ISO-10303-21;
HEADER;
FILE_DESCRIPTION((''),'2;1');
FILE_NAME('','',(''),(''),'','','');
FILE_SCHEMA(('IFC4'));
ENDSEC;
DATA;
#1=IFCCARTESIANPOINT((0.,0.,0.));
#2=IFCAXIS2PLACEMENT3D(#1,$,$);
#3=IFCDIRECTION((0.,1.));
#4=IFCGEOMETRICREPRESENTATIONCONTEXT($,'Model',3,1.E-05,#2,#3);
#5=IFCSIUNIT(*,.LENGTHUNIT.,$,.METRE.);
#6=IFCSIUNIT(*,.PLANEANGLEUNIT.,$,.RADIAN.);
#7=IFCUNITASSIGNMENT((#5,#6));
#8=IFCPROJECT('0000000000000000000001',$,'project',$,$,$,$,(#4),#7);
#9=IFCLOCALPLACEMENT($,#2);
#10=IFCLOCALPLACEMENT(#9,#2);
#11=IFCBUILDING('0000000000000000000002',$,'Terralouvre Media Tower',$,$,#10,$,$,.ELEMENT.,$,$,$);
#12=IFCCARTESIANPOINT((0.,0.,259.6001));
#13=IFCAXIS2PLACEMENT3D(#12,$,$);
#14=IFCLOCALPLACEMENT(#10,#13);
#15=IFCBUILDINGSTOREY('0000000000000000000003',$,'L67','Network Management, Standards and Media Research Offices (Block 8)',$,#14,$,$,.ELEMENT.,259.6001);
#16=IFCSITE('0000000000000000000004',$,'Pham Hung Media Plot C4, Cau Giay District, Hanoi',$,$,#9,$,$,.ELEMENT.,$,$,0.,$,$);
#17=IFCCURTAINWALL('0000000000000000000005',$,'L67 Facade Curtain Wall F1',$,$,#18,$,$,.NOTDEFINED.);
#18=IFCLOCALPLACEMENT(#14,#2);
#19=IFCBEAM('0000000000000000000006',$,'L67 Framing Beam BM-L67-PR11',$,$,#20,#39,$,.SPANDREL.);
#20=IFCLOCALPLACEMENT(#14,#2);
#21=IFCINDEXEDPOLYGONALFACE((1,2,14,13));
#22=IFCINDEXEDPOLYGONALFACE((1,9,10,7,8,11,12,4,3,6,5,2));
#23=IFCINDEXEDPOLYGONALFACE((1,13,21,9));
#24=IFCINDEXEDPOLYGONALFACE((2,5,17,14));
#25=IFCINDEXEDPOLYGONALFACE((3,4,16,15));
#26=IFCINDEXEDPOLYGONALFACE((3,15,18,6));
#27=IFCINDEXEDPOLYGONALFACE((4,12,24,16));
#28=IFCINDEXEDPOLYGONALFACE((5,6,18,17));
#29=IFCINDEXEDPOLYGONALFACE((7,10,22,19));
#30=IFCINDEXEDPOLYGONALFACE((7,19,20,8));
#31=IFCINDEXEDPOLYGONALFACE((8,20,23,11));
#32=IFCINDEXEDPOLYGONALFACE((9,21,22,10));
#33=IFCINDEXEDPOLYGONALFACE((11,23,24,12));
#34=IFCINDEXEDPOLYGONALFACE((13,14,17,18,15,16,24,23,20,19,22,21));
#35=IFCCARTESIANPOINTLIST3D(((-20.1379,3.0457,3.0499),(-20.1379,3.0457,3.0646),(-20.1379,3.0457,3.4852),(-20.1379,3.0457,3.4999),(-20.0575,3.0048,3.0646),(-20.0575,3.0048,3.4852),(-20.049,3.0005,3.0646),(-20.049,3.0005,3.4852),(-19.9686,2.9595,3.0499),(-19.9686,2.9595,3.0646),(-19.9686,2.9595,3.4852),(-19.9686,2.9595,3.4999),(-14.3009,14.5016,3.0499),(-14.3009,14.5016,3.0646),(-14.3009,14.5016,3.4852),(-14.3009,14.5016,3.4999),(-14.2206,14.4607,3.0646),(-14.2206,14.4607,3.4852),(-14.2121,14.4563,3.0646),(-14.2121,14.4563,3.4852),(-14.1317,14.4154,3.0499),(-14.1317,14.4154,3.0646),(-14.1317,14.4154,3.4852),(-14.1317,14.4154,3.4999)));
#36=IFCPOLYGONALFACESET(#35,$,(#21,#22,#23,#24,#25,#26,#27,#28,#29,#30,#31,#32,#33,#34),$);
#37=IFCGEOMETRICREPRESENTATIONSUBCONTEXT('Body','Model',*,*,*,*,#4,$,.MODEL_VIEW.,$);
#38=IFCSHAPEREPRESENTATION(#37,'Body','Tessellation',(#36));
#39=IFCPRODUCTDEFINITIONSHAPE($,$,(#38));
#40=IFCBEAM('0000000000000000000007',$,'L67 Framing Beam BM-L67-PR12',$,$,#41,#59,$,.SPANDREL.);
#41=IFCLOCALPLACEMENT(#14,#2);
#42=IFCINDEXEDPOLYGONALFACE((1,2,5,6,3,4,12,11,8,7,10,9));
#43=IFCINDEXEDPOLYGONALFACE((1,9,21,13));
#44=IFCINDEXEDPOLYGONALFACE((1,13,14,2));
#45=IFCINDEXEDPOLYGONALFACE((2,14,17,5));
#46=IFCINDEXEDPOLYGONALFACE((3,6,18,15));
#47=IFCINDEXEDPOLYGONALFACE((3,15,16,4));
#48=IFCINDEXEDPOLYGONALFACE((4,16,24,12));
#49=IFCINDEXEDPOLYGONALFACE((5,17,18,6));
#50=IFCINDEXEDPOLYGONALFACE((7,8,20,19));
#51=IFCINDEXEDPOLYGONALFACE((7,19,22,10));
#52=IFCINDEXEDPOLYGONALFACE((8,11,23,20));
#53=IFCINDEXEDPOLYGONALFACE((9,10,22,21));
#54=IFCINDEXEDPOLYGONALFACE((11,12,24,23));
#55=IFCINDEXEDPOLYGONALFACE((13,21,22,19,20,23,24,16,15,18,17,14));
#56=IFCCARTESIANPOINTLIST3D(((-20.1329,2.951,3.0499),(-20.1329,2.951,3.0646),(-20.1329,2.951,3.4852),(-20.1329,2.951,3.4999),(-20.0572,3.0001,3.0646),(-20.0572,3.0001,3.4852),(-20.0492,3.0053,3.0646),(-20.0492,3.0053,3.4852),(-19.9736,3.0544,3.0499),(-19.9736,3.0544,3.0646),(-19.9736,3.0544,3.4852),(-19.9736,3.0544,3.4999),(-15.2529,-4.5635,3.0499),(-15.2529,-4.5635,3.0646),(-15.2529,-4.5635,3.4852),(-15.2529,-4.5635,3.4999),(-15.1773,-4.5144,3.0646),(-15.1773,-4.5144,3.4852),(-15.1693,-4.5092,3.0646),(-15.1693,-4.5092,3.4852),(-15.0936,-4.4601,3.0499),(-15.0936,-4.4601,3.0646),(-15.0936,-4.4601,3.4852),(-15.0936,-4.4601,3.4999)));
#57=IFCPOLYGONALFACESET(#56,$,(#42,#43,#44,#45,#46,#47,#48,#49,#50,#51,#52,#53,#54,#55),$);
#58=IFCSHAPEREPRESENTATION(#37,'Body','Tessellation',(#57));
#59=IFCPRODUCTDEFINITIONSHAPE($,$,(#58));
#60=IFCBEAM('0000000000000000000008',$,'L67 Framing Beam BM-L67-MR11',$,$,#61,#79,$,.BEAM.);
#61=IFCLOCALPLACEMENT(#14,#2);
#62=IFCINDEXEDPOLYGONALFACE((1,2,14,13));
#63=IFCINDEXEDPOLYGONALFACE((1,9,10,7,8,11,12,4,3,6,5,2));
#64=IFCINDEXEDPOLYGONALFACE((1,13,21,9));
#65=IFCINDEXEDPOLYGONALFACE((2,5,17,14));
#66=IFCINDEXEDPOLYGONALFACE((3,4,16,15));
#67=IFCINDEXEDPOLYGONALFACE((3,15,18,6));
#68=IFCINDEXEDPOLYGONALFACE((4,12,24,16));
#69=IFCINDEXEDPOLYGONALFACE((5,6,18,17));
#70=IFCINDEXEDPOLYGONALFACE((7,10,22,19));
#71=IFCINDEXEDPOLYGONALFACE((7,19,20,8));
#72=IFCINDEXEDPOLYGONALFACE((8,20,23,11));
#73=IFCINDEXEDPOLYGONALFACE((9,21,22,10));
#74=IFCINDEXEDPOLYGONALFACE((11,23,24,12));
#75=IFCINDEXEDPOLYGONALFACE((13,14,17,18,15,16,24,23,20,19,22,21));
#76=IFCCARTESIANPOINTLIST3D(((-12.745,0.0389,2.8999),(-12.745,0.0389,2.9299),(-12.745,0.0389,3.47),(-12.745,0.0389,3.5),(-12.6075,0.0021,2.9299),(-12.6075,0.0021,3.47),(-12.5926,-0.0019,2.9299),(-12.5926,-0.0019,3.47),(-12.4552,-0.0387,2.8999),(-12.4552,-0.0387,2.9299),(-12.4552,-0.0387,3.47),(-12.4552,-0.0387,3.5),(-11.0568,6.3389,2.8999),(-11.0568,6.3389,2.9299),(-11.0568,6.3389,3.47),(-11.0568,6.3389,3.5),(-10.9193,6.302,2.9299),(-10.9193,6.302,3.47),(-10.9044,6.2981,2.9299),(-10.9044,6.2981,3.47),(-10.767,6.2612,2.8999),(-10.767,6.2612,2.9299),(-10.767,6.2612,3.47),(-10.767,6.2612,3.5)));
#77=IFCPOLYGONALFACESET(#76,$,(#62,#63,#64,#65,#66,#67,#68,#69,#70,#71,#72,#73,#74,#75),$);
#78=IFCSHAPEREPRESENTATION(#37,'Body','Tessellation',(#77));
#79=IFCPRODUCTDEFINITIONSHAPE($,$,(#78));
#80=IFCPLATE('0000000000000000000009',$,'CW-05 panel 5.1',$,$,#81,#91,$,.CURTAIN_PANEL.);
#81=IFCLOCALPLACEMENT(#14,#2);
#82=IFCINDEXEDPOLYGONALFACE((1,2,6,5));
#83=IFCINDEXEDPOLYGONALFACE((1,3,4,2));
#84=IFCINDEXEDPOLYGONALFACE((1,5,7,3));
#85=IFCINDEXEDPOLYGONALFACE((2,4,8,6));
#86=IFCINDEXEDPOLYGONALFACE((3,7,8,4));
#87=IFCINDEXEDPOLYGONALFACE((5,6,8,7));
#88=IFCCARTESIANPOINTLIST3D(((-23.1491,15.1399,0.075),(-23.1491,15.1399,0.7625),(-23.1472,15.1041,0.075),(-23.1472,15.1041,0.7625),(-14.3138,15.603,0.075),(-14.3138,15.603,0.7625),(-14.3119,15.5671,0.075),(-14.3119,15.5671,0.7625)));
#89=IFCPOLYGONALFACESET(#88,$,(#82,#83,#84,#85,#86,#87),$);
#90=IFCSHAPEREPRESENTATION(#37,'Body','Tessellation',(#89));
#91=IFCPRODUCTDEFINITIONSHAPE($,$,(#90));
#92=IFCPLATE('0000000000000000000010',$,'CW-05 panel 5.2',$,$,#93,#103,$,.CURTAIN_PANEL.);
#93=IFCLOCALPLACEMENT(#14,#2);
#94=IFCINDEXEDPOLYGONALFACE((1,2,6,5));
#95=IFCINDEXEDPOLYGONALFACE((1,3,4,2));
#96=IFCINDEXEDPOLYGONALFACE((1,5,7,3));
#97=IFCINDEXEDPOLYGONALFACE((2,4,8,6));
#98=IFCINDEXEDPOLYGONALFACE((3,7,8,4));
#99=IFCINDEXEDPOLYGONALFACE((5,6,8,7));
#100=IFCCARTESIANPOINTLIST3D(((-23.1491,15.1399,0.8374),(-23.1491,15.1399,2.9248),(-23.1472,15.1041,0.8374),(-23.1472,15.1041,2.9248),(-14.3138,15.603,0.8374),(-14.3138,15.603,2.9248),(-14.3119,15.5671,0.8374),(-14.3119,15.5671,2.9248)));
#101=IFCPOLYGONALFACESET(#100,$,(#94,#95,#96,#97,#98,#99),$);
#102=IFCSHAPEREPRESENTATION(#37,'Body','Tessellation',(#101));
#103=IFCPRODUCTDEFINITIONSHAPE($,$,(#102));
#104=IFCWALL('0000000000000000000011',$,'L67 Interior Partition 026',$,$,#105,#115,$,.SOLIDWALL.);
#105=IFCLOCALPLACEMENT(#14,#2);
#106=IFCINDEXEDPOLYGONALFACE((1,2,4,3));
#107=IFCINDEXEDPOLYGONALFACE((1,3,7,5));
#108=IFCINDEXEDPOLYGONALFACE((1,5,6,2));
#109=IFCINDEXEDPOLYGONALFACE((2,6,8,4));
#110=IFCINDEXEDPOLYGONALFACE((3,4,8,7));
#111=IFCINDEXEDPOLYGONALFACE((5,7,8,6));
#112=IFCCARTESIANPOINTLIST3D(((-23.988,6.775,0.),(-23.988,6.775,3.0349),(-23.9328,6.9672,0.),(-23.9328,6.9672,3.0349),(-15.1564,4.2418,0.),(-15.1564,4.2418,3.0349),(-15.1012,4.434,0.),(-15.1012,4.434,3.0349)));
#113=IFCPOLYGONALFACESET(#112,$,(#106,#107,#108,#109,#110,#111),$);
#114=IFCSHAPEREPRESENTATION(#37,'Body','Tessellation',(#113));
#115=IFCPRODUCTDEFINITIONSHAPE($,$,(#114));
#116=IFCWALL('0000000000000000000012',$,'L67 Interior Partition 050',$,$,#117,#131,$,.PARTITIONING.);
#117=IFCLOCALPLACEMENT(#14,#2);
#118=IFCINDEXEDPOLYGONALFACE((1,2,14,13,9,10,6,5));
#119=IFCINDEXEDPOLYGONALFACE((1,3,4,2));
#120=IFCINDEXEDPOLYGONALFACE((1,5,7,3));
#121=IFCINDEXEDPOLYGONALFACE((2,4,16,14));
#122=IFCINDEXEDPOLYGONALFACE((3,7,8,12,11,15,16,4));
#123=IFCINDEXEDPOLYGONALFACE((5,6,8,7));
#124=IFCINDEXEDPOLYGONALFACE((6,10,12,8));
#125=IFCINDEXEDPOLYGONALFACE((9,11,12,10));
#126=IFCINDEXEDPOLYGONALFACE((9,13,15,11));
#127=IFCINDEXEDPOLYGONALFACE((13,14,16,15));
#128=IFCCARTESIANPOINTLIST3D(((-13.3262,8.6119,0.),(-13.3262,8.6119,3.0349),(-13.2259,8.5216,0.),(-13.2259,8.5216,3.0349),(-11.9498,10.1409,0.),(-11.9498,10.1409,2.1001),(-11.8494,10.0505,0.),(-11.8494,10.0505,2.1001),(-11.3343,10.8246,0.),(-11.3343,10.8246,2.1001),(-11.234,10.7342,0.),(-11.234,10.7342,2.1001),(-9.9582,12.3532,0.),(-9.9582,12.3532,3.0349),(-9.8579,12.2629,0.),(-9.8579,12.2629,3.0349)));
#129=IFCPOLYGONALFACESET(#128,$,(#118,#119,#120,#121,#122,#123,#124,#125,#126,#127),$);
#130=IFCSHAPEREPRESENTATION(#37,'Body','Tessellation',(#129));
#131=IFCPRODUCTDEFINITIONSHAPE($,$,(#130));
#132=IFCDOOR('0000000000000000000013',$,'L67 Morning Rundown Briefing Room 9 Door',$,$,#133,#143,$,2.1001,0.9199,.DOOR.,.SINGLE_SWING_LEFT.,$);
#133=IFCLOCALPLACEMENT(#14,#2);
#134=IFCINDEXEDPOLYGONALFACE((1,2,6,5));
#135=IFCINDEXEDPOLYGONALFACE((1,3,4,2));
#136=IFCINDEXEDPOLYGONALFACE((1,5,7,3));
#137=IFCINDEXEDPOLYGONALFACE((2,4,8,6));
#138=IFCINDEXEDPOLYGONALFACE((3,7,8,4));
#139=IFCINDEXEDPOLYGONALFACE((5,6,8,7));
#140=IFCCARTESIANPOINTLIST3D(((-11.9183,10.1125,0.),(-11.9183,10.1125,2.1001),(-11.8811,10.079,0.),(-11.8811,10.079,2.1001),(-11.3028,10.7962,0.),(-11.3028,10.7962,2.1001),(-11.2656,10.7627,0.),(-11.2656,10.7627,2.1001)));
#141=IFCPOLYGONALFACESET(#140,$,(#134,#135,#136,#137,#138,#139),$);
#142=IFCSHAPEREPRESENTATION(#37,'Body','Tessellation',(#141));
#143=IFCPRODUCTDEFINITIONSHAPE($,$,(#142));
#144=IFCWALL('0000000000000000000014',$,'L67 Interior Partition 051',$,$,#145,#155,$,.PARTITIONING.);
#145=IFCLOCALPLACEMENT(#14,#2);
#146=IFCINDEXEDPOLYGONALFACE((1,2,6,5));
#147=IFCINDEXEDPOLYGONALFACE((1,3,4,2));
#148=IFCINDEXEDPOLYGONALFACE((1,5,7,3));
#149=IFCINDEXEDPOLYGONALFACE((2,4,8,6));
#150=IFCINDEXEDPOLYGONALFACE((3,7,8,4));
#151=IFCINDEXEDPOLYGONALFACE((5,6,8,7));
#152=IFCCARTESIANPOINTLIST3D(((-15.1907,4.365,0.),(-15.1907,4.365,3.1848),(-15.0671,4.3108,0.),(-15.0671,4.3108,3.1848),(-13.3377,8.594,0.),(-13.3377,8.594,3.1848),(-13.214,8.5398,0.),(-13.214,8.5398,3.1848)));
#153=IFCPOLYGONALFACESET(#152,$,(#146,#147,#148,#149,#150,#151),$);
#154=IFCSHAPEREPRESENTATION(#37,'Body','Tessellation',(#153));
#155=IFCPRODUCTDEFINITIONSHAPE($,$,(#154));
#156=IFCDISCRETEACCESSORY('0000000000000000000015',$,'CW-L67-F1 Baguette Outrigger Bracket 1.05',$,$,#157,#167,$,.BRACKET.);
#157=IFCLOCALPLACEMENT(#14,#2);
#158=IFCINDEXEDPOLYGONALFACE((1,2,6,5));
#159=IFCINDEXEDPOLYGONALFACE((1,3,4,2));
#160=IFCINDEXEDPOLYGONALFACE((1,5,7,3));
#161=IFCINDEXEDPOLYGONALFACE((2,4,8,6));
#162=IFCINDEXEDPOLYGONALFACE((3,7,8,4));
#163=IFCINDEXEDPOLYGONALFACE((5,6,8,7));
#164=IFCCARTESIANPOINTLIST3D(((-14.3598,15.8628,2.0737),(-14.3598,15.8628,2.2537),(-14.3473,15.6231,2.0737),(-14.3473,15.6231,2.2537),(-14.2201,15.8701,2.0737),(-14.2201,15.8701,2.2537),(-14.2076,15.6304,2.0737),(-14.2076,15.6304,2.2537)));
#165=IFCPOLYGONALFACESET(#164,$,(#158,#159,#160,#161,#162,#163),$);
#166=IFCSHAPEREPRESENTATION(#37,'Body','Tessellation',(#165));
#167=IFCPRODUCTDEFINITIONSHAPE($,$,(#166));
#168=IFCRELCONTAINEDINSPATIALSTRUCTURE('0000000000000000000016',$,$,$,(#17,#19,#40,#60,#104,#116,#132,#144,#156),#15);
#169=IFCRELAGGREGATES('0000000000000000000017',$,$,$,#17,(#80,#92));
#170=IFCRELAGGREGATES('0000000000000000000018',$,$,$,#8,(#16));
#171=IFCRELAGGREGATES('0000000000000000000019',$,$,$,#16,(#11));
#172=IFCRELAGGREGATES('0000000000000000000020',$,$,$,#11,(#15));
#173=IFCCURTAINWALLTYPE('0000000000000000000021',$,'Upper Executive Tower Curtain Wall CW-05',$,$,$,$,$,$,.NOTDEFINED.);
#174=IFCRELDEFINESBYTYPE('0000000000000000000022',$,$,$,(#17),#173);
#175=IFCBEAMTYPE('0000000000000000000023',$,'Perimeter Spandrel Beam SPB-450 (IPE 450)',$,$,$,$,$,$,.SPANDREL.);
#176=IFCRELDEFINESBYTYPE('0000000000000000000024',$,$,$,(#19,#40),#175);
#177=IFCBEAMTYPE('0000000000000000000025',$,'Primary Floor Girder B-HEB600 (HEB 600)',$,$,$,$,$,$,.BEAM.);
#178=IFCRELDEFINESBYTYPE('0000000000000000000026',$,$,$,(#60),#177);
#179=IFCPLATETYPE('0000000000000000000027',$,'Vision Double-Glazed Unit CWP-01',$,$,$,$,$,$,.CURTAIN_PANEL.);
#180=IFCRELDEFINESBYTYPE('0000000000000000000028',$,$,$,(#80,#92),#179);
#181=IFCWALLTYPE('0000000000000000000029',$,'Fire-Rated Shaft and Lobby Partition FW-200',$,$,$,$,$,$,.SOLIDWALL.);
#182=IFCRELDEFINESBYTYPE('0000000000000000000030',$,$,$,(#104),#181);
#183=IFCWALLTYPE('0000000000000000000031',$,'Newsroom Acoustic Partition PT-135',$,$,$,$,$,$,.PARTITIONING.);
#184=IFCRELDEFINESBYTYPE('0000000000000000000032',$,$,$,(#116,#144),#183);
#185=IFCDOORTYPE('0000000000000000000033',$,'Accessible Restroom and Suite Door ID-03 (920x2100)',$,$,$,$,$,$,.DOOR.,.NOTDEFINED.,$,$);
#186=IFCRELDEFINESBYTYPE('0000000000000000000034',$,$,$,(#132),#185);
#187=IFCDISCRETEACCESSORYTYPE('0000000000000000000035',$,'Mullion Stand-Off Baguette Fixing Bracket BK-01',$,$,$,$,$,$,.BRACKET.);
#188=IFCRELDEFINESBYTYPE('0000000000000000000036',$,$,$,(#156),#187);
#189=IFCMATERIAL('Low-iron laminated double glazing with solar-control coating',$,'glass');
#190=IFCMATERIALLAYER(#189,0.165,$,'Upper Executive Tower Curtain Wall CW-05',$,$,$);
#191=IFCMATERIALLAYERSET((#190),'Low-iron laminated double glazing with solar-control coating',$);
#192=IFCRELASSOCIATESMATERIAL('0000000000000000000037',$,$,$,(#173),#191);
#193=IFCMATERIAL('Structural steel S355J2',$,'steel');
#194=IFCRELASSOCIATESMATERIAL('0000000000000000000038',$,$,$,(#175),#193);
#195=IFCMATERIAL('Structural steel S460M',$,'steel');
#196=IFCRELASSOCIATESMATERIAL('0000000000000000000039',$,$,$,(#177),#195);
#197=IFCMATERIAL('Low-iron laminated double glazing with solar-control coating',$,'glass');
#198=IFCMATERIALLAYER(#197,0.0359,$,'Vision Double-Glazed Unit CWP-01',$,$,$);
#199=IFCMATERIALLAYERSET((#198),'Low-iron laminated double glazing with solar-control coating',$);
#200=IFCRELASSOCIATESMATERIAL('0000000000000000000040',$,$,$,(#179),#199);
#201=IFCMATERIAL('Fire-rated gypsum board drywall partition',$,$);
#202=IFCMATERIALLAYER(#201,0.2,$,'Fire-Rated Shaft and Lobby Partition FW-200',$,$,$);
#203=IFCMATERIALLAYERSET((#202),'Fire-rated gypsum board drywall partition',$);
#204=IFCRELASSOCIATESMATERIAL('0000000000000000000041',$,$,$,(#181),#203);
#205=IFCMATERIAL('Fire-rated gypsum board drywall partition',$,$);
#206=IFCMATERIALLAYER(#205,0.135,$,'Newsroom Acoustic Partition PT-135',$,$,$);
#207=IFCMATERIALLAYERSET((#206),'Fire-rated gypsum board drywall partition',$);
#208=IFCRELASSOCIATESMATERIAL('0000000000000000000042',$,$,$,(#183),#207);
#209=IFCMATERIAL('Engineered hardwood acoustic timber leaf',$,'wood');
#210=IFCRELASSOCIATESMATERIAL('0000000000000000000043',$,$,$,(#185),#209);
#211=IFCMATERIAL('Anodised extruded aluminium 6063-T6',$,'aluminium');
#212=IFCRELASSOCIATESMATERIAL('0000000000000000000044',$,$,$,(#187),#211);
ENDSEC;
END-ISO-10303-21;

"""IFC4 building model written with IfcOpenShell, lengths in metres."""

from ifc_helpers import new_model, si_unit, direction, frame, frame_2d, origin, origin_2d, place, context, subcontext, project, spatial, rectangle, i_section, extrude, material, layer, layer_set, material_profile, profile_set, type_object, element, fill, aggregate, save


model = new_model("IFC4")

# Units and contexts
model_context = context("Model", 3, precision=1e-05, world=origin(), true_north=direction((0.0, 1.0)))
body_context = subcontext(model_context, "Body", "Model", "MODEL_VIEW")
ifc_project = project(units=[si_unit("LENGTHUNIT", "METRE"), si_unit("PLANEANGLEUNIT", "RADIAN")], contexts=[model_context])

# Site, building, storey
site_placement = place(None, origin())
site = spatial("IfcSite", under=ifc_project, at=site_placement, Name="Pham Hung Media Plot C4, Cau Giay District, Hanoi", CompositionType="ELEMENT", RefElevation=0.0)
building_placement = place(site_placement, origin())
building = spatial("IfcBuilding", under=site, at=building_placement, Name="Terralouvre Media Tower", CompositionType="ELEMENT")
storey_placement = place(building_placement, frame((0.0, 0.0, 259.6001)))
storey = spatial("IfcBuildingStorey", under=building, at=storey_placement, Name="L67", Description="Network Management, Standards and Media Research Offices (Block 8)", CompositionType="ELEMENT", Elevation=259.6001)

# Curtain wall
ifc_material_1 = material(Name="Low-iron laminated double glazing with solar-control coating", Category="glass")
ifc_layer_1 = layer(ifc_material_1, 0.165, Name="Upper Executive Tower Curtain Wall CW-05")
ifc_layer_set_1 = layer_set([ifc_layer_1], Name="Low-iron laminated double glazing with solar-control coating")
curtain_wall_type = type_object("IfcCurtainWallType", Name="Upper Executive Tower Curtain Wall CW-05", PredefinedType="NOTDEFINED", material=ifc_layer_set_1)
curtain_wall_1_placement = place(storey_placement, origin())
curtain_wall_1 = element("IfcCurtainWall", 1, at=curtain_wall_1_placement, inside=storey, type_object=curtain_wall_type, Name="L67 Facade Curtain Wall F1", PredefinedType="NOTDEFINED")

# Beams
ifc_material_2 = material(Name="Structural steel S355J2", Category="steel")
ifc_material_profile_1 = material_profile(ifc_material_2, i_section(OverallWidth=0.1899, OverallDepth=0.45, WebThickness=0.0095, FlangeThickness=0.0146, at=origin_2d()), Name="IPE 450")
ifc_profile_set_1 = profile_set([ifc_material_profile_1], Name="Structural steel S355J2")
beam_type_1 = type_object("IfcBeamType", Name="Perimeter Spandrel Beam SPB-450 (IPE 450)", PredefinedType="SPANDREL", material=ifc_profile_set_1)
beam_1_placement = place(storey_placement, frame((-14.2163, 14.4585, 3.2749), z_axis=(-0.453984, -0.89101, 0.0), x_axis=(0.89101, -0.453984, 0.0)))
element("IfcBeam", 2, at=beam_1_placement, inside=storey, type_object=beam_type_1, Name="L67 Framing Beam BM-L67-PR11", PredefinedType="SPANDREL", context=body_context, shape_type="SweptSolid", body=[
    extrude(i_section(OverallWidth=0.1899, OverallDepth=0.45, WebThickness=0.0095, FlangeThickness=0.0146, at=origin_2d()), origin(), (0.0, 0.0, 1.0), 12.8572),
])
beam_2_placement = place(storey_placement, frame((-20.0532, 3.0027, 3.2749), z_axis=(0.544637, -0.838672, 0.0), x_axis=(0.838672, 0.544637, 0.0)))
element("IfcBeam", 3, at=beam_2_placement, inside=storey, type_object=beam_type_1, Name="L67 Framing Beam BM-L67-PR12", PredefinedType="SPANDREL", context=body_context, shape_type="SweptSolid", body=[
    extrude(i_section(OverallWidth=0.1899, OverallDepth=0.45, WebThickness=0.0095, FlangeThickness=0.0146, at=origin_2d()), origin(), (0.0, 0.0, 1.0), 8.96),
])
ifc_material_3 = material(Name="Structural steel S460M", Category="steel")
ifc_material_profile_2 = material_profile(ifc_material_3, i_section(OverallWidth=0.3, OverallDepth=0.6001, WebThickness=0.0154, FlangeThickness=0.03, at=origin_2d()), Name="HEB 600")
ifc_profile_set_2 = profile_set([ifc_material_profile_2], Name="Structural steel S460M")
beam_type_2 = type_object("IfcBeamType", Name="Primary Floor Girder B-HEB600 (HEB 600)", PredefinedType="BEAM", material=ifc_profile_set_2)
beam_3_placement = place(storey_placement, frame((-10.9119, 6.3, 3.2), z_axis=(-0.258839, -0.96592, 0.0), x_axis=(0.96592, -0.258839, 0.0)))
element("IfcBeam", 4, at=beam_3_placement, inside=storey, type_object=beam_type_2, Name="L67 Framing Beam BM-L67-MR11", PredefinedType="BEAM", context=body_context, shape_type="SweptSolid", body=[
    extrude(i_section(OverallWidth=0.3, OverallDepth=0.6001, WebThickness=0.0154, FlangeThickness=0.03, at=origin_2d()), origin(), (0.0, 0.0, 1.0), 6.5222),
])

# Plates
ifc_material_4 = material(Name="Low-iron laminated double glazing with solar-control coating", Category="glass")
ifc_layer_2 = layer(ifc_material_4, 0.0359, Name="Vision Double-Glazed Unit CWP-01")
ifc_layer_set_2 = layer_set([ifc_layer_2], Name="Low-iron laminated double glazing with solar-control coating")
plate_type = type_object("IfcPlateType", Name="Vision Double-Glazed Unit CWP-01", PredefinedType="CURTAIN_PANEL", material=ifc_layer_set_2)
plate_1_placement = place(storey_placement, frame((-18.7305, 15.3535, 0.075), z_axis=(0.0, 0.0, 1.0), x_axis=(-0.99863, -0.052336, 0.0)))
plate_1 = element("IfcPlate", 5, at=plate_1_placement, type_object=plate_type, Name="CW-05 panel 5.1", PredefinedType="CURTAIN_PANEL", context=body_context, shape_type="SweptSolid", body=[
    extrude(rectangle(XDim=8.8474, YDim=0.0359, at=origin_2d()), origin(), (0.0, 0.0, 1.0), 0.6875),
])
plate_2_placement = place(storey_placement, frame((-18.7305, 15.3535, 0.8374), z_axis=(0.0, 0.0, 1.0), x_axis=(-0.99863, -0.052336, 0.0)))
plate_2 = element("IfcPlate", 6, at=plate_2_placement, type_object=plate_type, Name="CW-05 panel 5.2", PredefinedType="CURTAIN_PANEL", context=body_context, shape_type="SweptSolid", body=[
    extrude(rectangle(XDim=8.8474, YDim=0.0359, at=origin_2d()), origin(), (0.0, 0.0, 1.0), 2.0874),
])
aggregate(curtain_wall_1, [plate_1, plate_2])

# Wall
ifc_material_5 = material(Name="Fire-rated gypsum board drywall partition")
ifc_layer_3 = layer(ifc_material_5, 0.2, Name="Fire-Rated Shaft and Lobby Partition FW-200")
ifc_layer_set_3 = layer_set([ifc_layer_3], Name="Fire-rated gypsum board drywall partition")
wall_type_1 = type_object("IfcWallType", Name="Fire-Rated Shaft and Lobby Partition FW-200", PredefinedType="SOLIDWALL", material=ifc_layer_set_3)
wall_1_placement = place(storey_placement, frame((-15.1289, 4.3379, 0.0), z_axis=(0.0, 0.0, 1.0), x_axis=(-0.961239, 0.275718, 0.0)))
element("IfcWall", 7, at=wall_1_placement, inside=storey, type_object=wall_type_1, Name="L67 Interior Partition 026", PredefinedType="SOLIDWALL", context=body_context, shape_type="SweptSolid", body=[
    extrude(rectangle(XDim=9.1877, YDim=0.2, at=frame_2d((4.5938, 0.0))), origin(), (0.0, 0.0, 1.0), 3.0349),
])

# Wall, opening, door
ifc_material_6 = material(Name="Fire-rated gypsum board drywall partition")
ifc_layer_4 = layer(ifc_material_6, 0.135, Name="Newsroom Acoustic Partition PT-135")
ifc_layer_set_4 = layer_set([ifc_layer_4], Name="Fire-rated gypsum board drywall partition")
wall_type_2 = type_object("IfcWallType", Name="Newsroom Acoustic Partition PT-135", PredefinedType="PARTITIONING", material=ifc_layer_set_4)
wall_2_placement = place(storey_placement, frame((-9.908, 12.3081, 0.0), z_axis=(0.0, 0.0, 1.0), x_axis=(-0.669056, -0.743212, 0.0)))
wall_2 = element("IfcWall", 8, at=wall_2_placement, inside=storey, type_object=wall_type_2, Name="L67 Interior Partition 050", PredefinedType="PARTITIONING", context=body_context, shape_type="SweptSolid", body=[
    extrude(rectangle(XDim=5.0339, YDim=0.135, at=frame_2d((2.5171, 0.0))), origin(), (0.0, 0.0, 1.0), 3.0349),
])
opening_placement = place(wall_2_placement, frame((2.0569, 0.0, 0.0)))
opening = element("IfcOpeningElement", 9, at=opening_placement, cuts=wall_2, PredefinedType="OPENING", context=body_context, shape_type="SweptSolid", body=[
    extrude(rectangle(XDim=0.9199, YDim=2.1001, at=frame_2d((0.46, 1.05))), frame((0.0, 0.0774, 0.0), z_axis=(0.0, -1.0, 0.0), x_axis=(1.0, 0.0, 0.0)), (0.0, 0.0, 1.0), 0.155),
])
ifc_material_7 = material(Name="Engineered hardwood acoustic timber leaf", Category="wood")
door_type = type_object("IfcDoorType", Name="Accessible Restroom and Suite Door ID-03 (920x2100)", OperationType="NOTDEFINED", PredefinedType="DOOR", material=ifc_material_7)
door_placement = place(opening_placement, origin())
door = element("IfcDoor", 10, at=door_placement, inside=storey, type_object=door_type, Name="L67 Morning Rundown Briefing Room 9 Door", OperationType="SINGLE_SWING_LEFT", OverallHeight=2.1001, OverallWidth=0.9199, PredefinedType="DOOR", context=body_context, shape_type="SweptSolid", body=[
    extrude(rectangle(XDim=0.9199, YDim=2.1001, at=frame_2d((0.46, 1.05))), frame((0.0, 0.0249, 0.0), z_axis=(0.0, -1.0, 0.0), x_axis=(1.0, 0.0, 0.0)), (0.0, 0.0, 1.0), 0.05),
])
fill(opening, door)

# Wall
wall_3_placement = place(storey_placement, frame((-13.2759, 8.5669, 0.0), z_axis=(0.0, 0.0, 1.0), x_axis=(-0.401335, -0.915931, 0.0)))
element("IfcWall", 11, at=wall_3_placement, inside=storey, type_object=wall_type_2, Name="L67 Interior Partition 051", PredefinedType="PARTITIONING", context=body_context, shape_type="SweptSolid", body=[
    extrude(rectangle(XDim=4.6172, YDim=0.135, at=frame_2d((2.3086, 0.0))), origin(), (0.0, 0.0, 1.0), 3.1848),
])

# Discrete accessory
ifc_material_8 = material(Name="Anodised extruded aluminium 6063-T6", Category="aluminium")
discrete_accessory_type = type_object("IfcDiscreteAccessoryType", Name="Mullion Stand-Off Baguette Fixing Bracket BK-01", PredefinedType="BRACKET", material=ifc_material_8)
discrete_accessory_placement = place(storey_placement, frame((-14.2837, 15.7466, 2.0737), z_axis=(0.0, 0.0, 1.0), x_axis=(-0.99863, -0.052336, 0.0)))
element("IfcDiscreteAccessory", 12, at=discrete_accessory_placement, inside=storey, type_object=discrete_accessory_type, Name="CW-L67-F1 Baguette Outrigger Bracket 1.05", PredefinedType="BRACKET", context=body_context, shape_type="SweptSolid", body=[
    extrude(rectangle(XDim=0.1399, YDim=0.24, at=origin_2d()), origin(), (0.0, 0.0, 1.0), 0.1799),
])

save(model, "model.ifc")
